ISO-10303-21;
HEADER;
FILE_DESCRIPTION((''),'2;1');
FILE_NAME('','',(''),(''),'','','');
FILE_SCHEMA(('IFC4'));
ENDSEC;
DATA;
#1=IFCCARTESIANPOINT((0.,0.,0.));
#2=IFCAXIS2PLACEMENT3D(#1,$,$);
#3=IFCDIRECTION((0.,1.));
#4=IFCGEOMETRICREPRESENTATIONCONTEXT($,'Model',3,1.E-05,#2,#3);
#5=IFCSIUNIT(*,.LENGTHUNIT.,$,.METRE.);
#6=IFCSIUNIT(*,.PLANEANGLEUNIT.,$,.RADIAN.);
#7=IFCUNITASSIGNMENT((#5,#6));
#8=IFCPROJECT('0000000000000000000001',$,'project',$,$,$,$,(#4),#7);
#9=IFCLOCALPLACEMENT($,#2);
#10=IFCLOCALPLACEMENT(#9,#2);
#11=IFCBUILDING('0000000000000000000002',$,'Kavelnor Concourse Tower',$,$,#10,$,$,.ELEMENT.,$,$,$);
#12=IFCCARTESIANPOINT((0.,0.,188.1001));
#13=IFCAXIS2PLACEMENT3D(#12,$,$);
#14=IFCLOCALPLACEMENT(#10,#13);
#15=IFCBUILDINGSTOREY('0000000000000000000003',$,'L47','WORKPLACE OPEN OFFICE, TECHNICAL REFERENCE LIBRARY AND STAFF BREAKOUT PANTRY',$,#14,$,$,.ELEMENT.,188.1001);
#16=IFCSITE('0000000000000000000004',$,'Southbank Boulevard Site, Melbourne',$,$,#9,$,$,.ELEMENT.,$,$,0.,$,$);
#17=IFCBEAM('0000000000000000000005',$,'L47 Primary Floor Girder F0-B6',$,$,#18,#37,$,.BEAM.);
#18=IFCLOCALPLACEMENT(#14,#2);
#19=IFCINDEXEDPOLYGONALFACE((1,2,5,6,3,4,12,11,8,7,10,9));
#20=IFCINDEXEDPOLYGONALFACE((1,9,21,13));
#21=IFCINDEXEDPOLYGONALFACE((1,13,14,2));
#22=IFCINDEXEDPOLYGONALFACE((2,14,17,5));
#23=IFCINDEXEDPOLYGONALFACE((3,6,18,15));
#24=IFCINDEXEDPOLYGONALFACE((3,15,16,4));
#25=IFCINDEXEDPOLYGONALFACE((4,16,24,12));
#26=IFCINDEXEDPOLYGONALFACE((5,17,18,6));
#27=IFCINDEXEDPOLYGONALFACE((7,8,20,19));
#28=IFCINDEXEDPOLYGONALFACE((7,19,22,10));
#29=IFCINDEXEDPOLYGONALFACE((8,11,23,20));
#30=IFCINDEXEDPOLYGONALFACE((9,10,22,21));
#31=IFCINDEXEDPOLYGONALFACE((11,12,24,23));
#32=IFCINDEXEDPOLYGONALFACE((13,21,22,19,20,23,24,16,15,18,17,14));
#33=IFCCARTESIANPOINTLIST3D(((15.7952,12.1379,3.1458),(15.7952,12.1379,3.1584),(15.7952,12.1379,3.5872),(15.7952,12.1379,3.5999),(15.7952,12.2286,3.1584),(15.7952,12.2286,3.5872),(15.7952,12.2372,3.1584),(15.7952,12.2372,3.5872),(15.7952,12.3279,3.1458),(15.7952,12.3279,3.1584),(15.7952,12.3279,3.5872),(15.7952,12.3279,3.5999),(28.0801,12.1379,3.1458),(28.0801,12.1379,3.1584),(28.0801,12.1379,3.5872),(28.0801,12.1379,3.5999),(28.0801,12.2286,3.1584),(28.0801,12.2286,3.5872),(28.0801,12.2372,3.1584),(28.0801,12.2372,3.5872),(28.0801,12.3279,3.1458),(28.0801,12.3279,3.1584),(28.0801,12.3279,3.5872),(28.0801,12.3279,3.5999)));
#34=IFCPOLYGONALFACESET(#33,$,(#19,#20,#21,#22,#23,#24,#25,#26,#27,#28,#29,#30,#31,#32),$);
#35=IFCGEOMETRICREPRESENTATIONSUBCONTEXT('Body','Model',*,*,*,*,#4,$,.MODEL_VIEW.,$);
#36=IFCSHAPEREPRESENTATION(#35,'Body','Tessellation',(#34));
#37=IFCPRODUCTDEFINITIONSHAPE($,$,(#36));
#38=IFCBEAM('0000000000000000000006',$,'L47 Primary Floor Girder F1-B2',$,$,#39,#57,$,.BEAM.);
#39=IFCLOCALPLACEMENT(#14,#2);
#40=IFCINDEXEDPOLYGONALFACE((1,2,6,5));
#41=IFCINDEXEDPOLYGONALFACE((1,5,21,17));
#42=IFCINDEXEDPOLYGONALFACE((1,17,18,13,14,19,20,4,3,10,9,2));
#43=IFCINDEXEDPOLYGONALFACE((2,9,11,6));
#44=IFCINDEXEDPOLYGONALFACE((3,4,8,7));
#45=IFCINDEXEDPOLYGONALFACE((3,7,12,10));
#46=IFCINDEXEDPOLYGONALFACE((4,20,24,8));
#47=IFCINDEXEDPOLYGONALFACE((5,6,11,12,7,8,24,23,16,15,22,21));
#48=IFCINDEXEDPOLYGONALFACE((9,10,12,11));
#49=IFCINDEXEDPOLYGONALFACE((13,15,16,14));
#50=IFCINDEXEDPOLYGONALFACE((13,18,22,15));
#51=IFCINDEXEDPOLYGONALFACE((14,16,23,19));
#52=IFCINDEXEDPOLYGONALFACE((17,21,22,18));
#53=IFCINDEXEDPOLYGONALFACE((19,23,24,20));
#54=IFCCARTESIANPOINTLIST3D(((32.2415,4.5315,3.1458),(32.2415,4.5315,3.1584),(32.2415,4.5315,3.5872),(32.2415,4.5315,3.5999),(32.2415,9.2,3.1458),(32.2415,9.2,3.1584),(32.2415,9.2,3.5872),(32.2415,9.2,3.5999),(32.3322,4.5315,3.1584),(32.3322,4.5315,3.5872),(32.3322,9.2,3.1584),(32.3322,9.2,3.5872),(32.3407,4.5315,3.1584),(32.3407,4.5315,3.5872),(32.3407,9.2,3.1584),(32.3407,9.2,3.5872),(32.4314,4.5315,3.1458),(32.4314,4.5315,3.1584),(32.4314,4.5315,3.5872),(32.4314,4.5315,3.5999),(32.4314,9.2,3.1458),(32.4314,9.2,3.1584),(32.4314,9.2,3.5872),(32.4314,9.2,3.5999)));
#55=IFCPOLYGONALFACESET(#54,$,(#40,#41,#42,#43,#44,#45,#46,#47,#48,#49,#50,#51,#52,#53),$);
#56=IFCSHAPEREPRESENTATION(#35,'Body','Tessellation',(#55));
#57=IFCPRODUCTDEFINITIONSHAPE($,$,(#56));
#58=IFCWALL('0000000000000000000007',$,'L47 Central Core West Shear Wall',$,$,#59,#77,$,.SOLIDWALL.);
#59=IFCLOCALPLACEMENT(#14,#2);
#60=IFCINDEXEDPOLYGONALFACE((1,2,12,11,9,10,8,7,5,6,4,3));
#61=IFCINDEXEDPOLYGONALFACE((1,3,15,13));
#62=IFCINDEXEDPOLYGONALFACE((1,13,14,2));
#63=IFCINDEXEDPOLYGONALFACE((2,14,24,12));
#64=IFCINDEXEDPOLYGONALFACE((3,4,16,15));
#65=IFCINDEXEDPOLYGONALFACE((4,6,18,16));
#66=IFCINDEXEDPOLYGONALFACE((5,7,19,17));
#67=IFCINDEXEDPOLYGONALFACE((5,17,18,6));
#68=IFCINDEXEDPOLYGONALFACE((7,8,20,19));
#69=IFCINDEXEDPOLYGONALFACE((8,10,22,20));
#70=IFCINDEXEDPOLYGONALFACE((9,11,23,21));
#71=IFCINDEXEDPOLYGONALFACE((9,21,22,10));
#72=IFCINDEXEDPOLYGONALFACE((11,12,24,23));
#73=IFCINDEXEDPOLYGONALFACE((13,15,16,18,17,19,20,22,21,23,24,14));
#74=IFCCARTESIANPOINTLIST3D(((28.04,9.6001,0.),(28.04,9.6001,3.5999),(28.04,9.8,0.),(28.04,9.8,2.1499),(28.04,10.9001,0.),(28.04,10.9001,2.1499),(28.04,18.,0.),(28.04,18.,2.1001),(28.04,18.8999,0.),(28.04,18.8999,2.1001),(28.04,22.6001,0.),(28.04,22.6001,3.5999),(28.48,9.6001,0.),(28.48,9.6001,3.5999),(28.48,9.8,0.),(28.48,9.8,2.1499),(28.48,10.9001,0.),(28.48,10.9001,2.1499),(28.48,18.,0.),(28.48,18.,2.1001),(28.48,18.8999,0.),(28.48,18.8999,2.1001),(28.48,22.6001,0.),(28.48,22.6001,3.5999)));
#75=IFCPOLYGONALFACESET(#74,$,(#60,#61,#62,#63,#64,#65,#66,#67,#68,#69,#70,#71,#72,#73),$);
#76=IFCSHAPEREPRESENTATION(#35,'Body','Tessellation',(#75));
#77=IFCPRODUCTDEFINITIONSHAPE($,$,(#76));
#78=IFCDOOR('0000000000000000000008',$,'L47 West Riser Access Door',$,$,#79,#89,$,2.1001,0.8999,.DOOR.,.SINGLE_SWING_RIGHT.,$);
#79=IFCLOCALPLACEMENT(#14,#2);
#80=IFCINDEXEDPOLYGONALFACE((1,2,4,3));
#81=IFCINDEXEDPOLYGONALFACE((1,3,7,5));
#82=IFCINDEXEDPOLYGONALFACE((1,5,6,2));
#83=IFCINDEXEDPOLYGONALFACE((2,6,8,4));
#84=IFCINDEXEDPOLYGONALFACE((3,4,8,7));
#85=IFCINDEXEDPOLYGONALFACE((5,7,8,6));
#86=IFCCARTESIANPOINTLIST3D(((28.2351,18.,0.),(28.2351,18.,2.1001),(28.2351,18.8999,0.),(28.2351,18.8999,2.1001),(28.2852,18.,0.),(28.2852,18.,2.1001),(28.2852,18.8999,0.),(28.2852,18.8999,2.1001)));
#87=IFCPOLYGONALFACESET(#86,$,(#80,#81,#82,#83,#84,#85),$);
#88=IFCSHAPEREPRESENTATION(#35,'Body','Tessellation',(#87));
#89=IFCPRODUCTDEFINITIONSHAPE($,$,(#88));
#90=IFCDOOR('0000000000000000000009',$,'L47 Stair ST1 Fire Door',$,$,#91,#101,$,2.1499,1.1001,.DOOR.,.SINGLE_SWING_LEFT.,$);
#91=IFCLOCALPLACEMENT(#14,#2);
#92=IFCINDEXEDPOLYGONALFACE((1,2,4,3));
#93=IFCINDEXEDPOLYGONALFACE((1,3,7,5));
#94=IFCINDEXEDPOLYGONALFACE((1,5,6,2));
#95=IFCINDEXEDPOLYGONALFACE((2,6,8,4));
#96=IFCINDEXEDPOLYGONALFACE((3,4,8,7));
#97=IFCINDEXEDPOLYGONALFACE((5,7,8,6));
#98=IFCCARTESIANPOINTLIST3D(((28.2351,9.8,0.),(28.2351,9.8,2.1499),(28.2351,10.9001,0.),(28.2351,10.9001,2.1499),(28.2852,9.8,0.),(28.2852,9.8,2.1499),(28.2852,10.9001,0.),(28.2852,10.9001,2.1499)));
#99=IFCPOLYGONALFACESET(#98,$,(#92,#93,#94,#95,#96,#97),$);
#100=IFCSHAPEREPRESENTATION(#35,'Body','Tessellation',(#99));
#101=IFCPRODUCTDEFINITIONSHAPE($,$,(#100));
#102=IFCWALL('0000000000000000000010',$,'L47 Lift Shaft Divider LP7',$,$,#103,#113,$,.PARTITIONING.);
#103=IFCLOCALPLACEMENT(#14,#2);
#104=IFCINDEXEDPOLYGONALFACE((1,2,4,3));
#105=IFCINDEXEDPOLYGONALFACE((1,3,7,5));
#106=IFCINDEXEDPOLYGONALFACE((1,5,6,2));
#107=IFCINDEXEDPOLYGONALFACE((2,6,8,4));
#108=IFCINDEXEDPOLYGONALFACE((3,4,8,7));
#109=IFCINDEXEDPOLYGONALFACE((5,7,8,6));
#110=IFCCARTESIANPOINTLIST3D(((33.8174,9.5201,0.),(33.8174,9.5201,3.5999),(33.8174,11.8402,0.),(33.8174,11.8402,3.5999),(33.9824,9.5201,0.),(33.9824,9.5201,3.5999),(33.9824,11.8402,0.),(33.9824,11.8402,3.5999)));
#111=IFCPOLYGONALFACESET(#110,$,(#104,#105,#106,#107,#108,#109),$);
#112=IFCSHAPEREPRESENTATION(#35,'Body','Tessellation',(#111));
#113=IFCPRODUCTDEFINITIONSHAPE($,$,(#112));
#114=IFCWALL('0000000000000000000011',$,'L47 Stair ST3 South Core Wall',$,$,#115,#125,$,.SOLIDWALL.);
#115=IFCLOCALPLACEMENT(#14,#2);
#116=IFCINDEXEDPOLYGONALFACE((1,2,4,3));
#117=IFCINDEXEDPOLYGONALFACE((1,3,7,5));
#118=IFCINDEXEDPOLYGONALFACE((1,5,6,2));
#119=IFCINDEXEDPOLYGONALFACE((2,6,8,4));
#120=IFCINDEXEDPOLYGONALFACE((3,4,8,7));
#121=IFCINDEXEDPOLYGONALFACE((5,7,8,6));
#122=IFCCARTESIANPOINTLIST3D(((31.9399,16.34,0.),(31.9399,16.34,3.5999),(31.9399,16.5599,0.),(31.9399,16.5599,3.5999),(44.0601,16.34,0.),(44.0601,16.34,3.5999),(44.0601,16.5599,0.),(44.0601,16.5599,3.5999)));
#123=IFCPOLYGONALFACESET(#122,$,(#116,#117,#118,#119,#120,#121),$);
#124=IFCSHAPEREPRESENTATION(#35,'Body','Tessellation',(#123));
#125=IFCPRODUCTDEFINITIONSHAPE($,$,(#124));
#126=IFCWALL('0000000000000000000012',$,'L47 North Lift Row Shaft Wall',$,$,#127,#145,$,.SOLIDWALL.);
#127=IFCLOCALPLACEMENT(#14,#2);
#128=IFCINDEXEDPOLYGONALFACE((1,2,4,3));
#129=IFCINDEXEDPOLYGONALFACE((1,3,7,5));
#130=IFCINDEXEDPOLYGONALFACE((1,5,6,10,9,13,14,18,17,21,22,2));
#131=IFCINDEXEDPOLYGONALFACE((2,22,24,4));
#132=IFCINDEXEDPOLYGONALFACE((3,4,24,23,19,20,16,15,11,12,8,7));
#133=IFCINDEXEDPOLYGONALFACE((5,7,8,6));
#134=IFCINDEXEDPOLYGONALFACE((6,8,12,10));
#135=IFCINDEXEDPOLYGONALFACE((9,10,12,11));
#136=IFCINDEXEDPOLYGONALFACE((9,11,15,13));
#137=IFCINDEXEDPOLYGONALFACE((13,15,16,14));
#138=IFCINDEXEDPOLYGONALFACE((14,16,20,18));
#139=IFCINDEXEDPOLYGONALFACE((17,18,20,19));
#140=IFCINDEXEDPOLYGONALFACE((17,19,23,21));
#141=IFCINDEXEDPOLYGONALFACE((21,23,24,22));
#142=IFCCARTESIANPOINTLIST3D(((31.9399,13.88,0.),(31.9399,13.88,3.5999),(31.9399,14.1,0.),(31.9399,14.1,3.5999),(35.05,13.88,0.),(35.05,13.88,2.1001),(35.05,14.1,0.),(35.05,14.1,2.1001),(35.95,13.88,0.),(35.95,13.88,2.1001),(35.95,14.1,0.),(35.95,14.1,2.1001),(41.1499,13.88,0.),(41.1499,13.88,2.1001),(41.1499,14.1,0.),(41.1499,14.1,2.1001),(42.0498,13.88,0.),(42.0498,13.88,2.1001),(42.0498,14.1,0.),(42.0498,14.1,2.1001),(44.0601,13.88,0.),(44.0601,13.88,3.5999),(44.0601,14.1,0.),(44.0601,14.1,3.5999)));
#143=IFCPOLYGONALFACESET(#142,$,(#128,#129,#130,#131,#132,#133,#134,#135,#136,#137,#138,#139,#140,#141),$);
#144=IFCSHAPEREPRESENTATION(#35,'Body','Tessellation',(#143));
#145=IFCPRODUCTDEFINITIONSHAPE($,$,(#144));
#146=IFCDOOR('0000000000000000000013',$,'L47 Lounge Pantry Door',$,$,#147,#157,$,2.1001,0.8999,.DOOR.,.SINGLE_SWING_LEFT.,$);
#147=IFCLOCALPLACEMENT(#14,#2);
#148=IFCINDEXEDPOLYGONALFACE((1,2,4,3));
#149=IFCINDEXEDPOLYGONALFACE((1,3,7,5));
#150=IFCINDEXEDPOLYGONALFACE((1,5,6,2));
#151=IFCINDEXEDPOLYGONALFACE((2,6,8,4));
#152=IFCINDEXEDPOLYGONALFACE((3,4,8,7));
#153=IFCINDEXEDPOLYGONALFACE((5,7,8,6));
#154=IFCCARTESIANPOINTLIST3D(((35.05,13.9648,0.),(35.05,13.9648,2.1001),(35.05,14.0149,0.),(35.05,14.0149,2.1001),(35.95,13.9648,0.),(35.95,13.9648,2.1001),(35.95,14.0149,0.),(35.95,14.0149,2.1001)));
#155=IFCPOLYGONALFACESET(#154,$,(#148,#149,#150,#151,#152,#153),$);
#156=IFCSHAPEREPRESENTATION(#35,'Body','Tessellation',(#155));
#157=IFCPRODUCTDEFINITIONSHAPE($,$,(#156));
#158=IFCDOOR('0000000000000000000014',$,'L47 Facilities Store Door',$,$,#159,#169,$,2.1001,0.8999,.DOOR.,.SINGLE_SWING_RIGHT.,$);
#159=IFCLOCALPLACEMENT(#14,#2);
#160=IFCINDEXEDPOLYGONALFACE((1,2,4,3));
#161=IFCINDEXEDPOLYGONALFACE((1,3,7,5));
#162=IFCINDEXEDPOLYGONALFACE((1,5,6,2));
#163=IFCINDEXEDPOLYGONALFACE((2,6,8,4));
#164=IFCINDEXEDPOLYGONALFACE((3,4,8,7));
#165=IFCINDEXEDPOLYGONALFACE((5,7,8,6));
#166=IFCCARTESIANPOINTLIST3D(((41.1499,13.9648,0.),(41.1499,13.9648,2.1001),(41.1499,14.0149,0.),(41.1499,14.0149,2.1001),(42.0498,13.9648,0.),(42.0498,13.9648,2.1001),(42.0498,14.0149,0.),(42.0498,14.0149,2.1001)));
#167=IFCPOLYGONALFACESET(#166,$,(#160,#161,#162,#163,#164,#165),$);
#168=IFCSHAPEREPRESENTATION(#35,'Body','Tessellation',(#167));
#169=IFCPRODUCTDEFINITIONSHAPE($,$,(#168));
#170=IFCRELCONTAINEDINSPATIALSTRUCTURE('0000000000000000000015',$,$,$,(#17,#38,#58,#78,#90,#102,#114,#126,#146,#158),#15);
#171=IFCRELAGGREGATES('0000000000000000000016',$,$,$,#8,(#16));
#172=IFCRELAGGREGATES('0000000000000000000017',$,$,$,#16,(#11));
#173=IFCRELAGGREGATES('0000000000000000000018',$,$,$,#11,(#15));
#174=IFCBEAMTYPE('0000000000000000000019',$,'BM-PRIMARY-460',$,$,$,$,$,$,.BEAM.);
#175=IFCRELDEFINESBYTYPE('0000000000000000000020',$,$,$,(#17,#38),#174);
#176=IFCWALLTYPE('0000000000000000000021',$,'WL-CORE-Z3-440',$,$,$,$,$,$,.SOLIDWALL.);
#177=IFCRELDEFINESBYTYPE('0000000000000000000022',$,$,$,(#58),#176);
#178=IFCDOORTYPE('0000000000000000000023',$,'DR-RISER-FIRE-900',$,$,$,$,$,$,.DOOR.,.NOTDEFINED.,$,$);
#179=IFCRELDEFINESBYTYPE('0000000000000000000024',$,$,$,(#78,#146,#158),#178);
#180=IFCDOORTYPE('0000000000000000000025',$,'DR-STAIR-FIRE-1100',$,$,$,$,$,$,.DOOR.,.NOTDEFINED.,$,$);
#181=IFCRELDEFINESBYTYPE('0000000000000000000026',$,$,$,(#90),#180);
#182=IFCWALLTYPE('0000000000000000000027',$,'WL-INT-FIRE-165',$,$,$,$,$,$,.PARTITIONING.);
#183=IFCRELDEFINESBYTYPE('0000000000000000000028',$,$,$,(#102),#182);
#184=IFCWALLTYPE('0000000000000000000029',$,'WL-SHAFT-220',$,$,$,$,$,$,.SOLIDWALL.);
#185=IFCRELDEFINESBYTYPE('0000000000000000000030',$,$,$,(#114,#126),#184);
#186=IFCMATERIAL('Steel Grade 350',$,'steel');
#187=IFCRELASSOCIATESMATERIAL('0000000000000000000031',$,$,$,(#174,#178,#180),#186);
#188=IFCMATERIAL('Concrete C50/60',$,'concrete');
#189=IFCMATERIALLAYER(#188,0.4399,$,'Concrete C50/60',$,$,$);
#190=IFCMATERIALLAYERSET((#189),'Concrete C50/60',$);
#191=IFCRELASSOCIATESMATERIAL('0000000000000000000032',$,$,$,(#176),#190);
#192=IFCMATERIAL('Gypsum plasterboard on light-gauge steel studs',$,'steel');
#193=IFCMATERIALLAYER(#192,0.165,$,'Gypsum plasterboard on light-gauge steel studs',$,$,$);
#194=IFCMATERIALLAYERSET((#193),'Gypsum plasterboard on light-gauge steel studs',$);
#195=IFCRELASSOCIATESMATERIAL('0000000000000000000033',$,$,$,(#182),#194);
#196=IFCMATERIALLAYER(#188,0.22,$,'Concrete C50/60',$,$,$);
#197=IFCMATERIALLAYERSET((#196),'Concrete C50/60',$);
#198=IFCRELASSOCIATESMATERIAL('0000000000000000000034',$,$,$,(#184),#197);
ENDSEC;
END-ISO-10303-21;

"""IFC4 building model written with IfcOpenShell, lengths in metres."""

from ifc_helpers import new_model, si_unit, direction, frame, frame_2d, origin, origin_2d, place, context, subcontext, project, spatial, rectangle, i_section, extrude, material, layer, layer_set, material_profile, profile_set, type_object, element, fill, save


model = new_model("IFC4")

# Units and contexts
model_context = context("Model", 3, precision=1e-05, world=origin(), true_north=direction((0.0, 1.0)))
body_context = subcontext(model_context, "Body", "Model", "MODEL_VIEW")
ifc_project = project(units=[si_unit("LENGTHUNIT", "METRE"), si_unit("PLANEANGLEUNIT", "RADIAN")], contexts=[model_context])

# Site, building, storey
site_placement = place(None, origin())
site = spatial("IfcSite", under=ifc_project, at=site_placement, Name="Southbank Boulevard Site, Melbourne", CompositionType="ELEMENT", RefElevation=0.0)
building_placement = place(site_placement, origin())
building = spatial("IfcBuilding", under=site, at=building_placement, Name="Kavelnor Concourse Tower", CompositionType="ELEMENT")
storey_placement = place(building_placement, frame((0.0, 0.0, 188.1001)))
storey = spatial("IfcBuildingStorey", under=building, at=storey_placement, Name="L47", Description="WORKPLACE OPEN OFFICE, TECHNICAL REFERENCE LIBRARY AND STAFF BREAKOUT PANTRY", CompositionType="ELEMENT", Elevation=188.1001)

# Beams
ifc_material_1 = material(Name="Steel Grade 350", Category="steel")
ifc_material_profile = material_profile(ifc_material_1, i_section(OverallWidth=0.1899, OverallDepth=0.4541, WebThickness=0.0085, FlangeThickness=0.0127, at=origin_2d()), Name="460UB67")
ifc_profile_set = profile_set([ifc_material_profile], Name="Steel Grade 350")
beam_type = type_object("IfcBeamType", Name="BM-PRIMARY-460", PredefinedType="BEAM", material=ifc_profile_set)
beam_1_placement = place(storey_placement, frame((28.0801, 12.2329, 3.3728), z_axis=(-1.0, 0.0, 0.0), x_axis=(0.0, -1.0, 0.0)))
element("IfcBeam", 1, at=beam_1_placement, inside=storey, type_object=beam_type, Name="L47 Primary Floor Girder F0-B6", PredefinedType="BEAM", context=body_context, shape_type="SweptSolid", body=[
    extrude(i_section(OverallWidth=0.1899, OverallDepth=0.4541, WebThickness=0.0085, FlangeThickness=0.0127, at=origin_2d()), origin(), (0.0, 0.0, 1.0), 12.2849),
])
beam_2_placement = place(storey_placement, frame((32.3364, 9.2, 3.3728), z_axis=(0.0, -1.0, 0.0), x_axis=(1.0, 0.0, 0.0)))
element("IfcBeam", 2, at=beam_2_placement, inside=storey, type_object=beam_type, Name="L47 Primary Floor Girder F1-B2", PredefinedType="BEAM", context=body_context, shape_type="SweptSolid", body=[
    extrude(i_section(OverallWidth=0.1899, OverallDepth=0.4541, WebThickness=0.0085, FlangeThickness=0.0127, at=origin_2d()), origin(), (0.0, 0.0, 1.0), 4.6685),
])

# Wall, openings, doors
ifc_material_2 = material(Name="Concrete C50/60", Category="concrete")
ifc_layer_1 = layer(ifc_material_2, 0.4399, Name="Concrete C50/60")
ifc_layer_set_1 = layer_set([ifc_layer_1], Name="Concrete C50/60")
wall_type_1 = type_object("IfcWallType", Name="WL-CORE-Z3-440", PredefinedType="SOLIDWALL", material=ifc_layer_set_1)
wall_1_placement = place(storey_placement, frame((28.26, 9.6001, 0.0), z_axis=(0.0, 0.0, 1.0), x_axis=(0.0, 1.0, 0.0)))
wall_1 = element("IfcWall", 3, at=wall_1_placement, inside=storey, type_object=wall_type_1, Name="L47 Central Core West Shear Wall", PredefinedType="SOLIDWALL", context=body_context, shape_type="SweptSolid", body=[
    extrude(rectangle(XDim=13.0, YDim=0.4399, at=frame_2d((6.5, 0.0))), origin(), (0.0, 0.0, 1.0), 3.5999),
])
opening_1_placement = place(wall_1_placement, frame((0.2, 0.0, 0.0)))
opening_1 = element("IfcOpeningElement", 4, at=opening_1_placement, cuts=wall_1, PredefinedType="OPENING", context=body_context, shape_type="SweptSolid", body=[
    extrude(rectangle(XDim=1.1001, YDim=2.1499, at=frame_2d((0.55, 1.075))), frame((0.0, 0.23, 0.0), z_axis=(0.0, -1.0, 0.0), x_axis=(1.0, 0.0, 0.0)), (0.0, 0.0, 1.0), 0.46),
])
opening_2_placement = place(wall_1_placement, frame((8.3999, 0.0, 0.0)))
opening_2 = element("IfcOpeningElement", 5, at=opening_2_placement, cuts=wall_1, PredefinedType="OPENING", context=body_context, shape_type="SweptSolid", body=[
    extrude(rectangle(XDim=0.8999, YDim=2.1001, at=frame_2d((0.45, 1.05))), frame((0.0, 0.23, 0.0), z_axis=(0.0, -1.0, 0.0), x_axis=(1.0, 0.0, 0.0)), (0.0, 0.0, 1.0), 0.46),
])
door_type_1 = type_object("IfcDoorType", Name="DR-RISER-FIRE-900", OperationType="NOTDEFINED", PredefinedType="DOOR", material=ifc_material_1)
door_1_placement = place(opening_2_placement, origin())
door_1 = element("IfcDoor", 6, at=door_1_placement, inside=storey, type_object=door_type_1, Name="L47 West Riser Access Door", OperationType="SINGLE_SWING_RIGHT", OverallHeight=2.1001, OverallWidth=0.8999, PredefinedType="DOOR", context=body_context, shape_type="SweptSolid", body=[
    extrude(rectangle(XDim=0.8999, YDim=2.1001, at=frame_2d((0.45, 1.05))), frame((0.0, 0.0249, 0.0), z_axis=(0.0, -1.0, 0.0), x_axis=(1.0, 0.0, 0.0)), (0.0, 0.0, 1.0), 0.05),
])
fill(opening_2, door_1)
door_type_2 = type_object("IfcDoorType", Name="DR-STAIR-FIRE-1100", OperationType="NOTDEFINED", PredefinedType="DOOR", material=ifc_material_1)
door_2_placement = place(opening_1_placement, origin())
door_2 = element("IfcDoor", 7, at=door_2_placement, inside=storey, type_object=door_type_2, Name="L47 Stair ST1 Fire Door", OperationType="SINGLE_SWING_LEFT", OverallHeight=2.1499, OverallWidth=1.1001, PredefinedType="DOOR", context=body_context, shape_type="SweptSolid", body=[
    extrude(rectangle(XDim=1.1001, YDim=2.1499, at=frame_2d((0.55, 1.075))), frame((0.0, 0.0249, 0.0), z_axis=(0.0, -1.0, 0.0), x_axis=(1.0, 0.0, 0.0)), (0.0, 0.0, 1.0), 0.05),
])
fill(opening_1, door_2)

# Walls
ifc_material_3 = material(Name="Gypsum plasterboard on light-gauge steel studs", Category="steel")
ifc_layer_2 = layer(ifc_material_3, 0.165, Name="Gypsum plasterboard on light-gauge steel studs")
ifc_layer_set_2 = layer_set([ifc_layer_2], Name="Gypsum plasterboard on light-gauge steel studs")
wall_type_2 = type_object("IfcWallType", Name="WL-INT-FIRE-165", PredefinedType="PARTITIONING", material=ifc_layer_set_2)
wall_2_placement = place(storey_placement, frame((33.8999, 9.52, 0.0), z_axis=(0.0, 0.0, 1.0), x_axis=(0.0, 1.0, 0.0)))
element("IfcWall", 8, at=wall_2_placement, inside=storey, type_object=wall_type_2, Name="L47 Lift Shaft Divider LP7", PredefinedType="PARTITIONING", context=body_context, shape_type="SweptSolid", body=[
    extrude(rectangle(XDim=2.3201, YDim=0.165, at=frame_2d((1.1602, 0.0))), origin(), (0.0, 0.0, 1.0), 3.5999),
])
ifc_layer_3 = layer(ifc_material_2, 0.22, Name="Concrete C50/60")
ifc_layer_set_3 = layer_set([ifc_layer_3], Name="Concrete C50/60")
wall_type_3 = type_object("IfcWallType", Name="WL-SHAFT-220", PredefinedType="SOLIDWALL", material=ifc_layer_set_3)
wall_3_placement = place(storey_placement, frame((31.9399, 16.45, 0.0), z_axis=(0.0, 0.0, 1.0), x_axis=(1.0, 0.0, 0.0)))
element("IfcWall", 9, at=wall_3_placement, inside=storey, type_object=wall_type_3, Name="L47 Stair ST3 South Core Wall", PredefinedType="SOLIDWALL", context=body_context, shape_type="SweptSolid", body=[
    extrude(rectangle(XDim=12.1201, YDim=0.22, at=frame_2d((6.0601, 0.0))), origin(), (0.0, 0.0, 1.0), 3.5999),
])

# Wall, openings, doors
wall_4_placement = place(storey_placement, frame((31.9399, 13.99, 0.0), z_axis=(0.0, 0.0, 1.0), x_axis=(1.0, 0.0, 0.0)))
wall_4 = element("IfcWall", 10, at=wall_4_placement, inside=storey, type_object=wall_type_3, Name="L47 North Lift Row Shaft Wall", PredefinedType="SOLIDWALL", context=body_context, shape_type="SweptSolid", body=[
    extrude(rectangle(XDim=12.1201, YDim=0.22, at=frame_2d((6.0601, 0.0))), origin(), (0.0, 0.0, 1.0), 3.5999),
])
opening_3_placement = place(wall_4_placement, frame((3.1101, 0.0, 0.0)))
opening_3 = element("IfcOpeningElement", 11, at=opening_3_placement, cuts=wall_4, PredefinedType="OPENING", context=body_context, shape_type="SweptSolid", body=[
    extrude(rectangle(XDim=0.8999, YDim=2.1001, at=frame_2d((0.45, 1.05))), frame((0.0, 0.1201, 0.0), z_axis=(0.0, -1.0, 0.0), x_axis=(1.0, 0.0, 0.0)), (0.0, 0.0, 1.0), 0.24),
])
opening_4_placement = place(wall_4_placement, frame((9.21, 0.0, 0.0)))
opening_4 = element("IfcOpeningElement", 12, at=opening_4_placement, cuts=wall_4, PredefinedType="OPENING", context=body_context, shape_type="SweptSolid", body=[
    extrude(rectangle(XDim=0.8999, YDim=2.1001, at=frame_2d((0.45, 1.05))), frame((0.0, 0.1201, 0.0), z_axis=(0.0, -1.0, 0.0), x_axis=(1.0, 0.0, 0.0)), (0.0, 0.0, 1.0), 0.24),
])
door_3_placement = place(opening_3_placement, origin())
door_3 = element("IfcDoor", 13, at=door_3_placement, inside=storey, type_object=door_type_1, Name="L47 Lounge Pantry Door", OperationType="SINGLE_SWING_LEFT", OverallHeight=2.1001, OverallWidth=0.8999, PredefinedType="DOOR", context=body_context, shape_type="SweptSolid", body=[
    extrude(rectangle(XDim=0.8999, YDim=2.1001, at=frame_2d((0.45, 1.05))), frame((0.0, 0.0249, 0.0), z_axis=(0.0, -1.0, 0.0), x_axis=(1.0, 0.0, 0.0)), (0.0, 0.0, 1.0), 0.05),
])
fill(opening_3, door_3)
door_4_placement = place(opening_4_placement, origin())
door_4 = element("IfcDoor", 14, at=door_4_placement, inside=storey, type_object=door_type_1, Name="L47 Facilities Store Door", OperationType="SINGLE_SWING_RIGHT", OverallHeight=2.1001, OverallWidth=0.8999, PredefinedType="DOOR", context=body_context, shape_type="SweptSolid", body=[
    extrude(rectangle(XDim=0.8999, YDim=2.1001, at=frame_2d((0.45, 1.05))), frame((0.0, 0.0249, 0.0), z_axis=(0.0, -1.0, 0.0), x_axis=(1.0, 0.0, 0.0)), (0.0, 0.0, 1.0), 0.05),
])
fill(opening_4, door_4)

save(model, "model.ifc")
